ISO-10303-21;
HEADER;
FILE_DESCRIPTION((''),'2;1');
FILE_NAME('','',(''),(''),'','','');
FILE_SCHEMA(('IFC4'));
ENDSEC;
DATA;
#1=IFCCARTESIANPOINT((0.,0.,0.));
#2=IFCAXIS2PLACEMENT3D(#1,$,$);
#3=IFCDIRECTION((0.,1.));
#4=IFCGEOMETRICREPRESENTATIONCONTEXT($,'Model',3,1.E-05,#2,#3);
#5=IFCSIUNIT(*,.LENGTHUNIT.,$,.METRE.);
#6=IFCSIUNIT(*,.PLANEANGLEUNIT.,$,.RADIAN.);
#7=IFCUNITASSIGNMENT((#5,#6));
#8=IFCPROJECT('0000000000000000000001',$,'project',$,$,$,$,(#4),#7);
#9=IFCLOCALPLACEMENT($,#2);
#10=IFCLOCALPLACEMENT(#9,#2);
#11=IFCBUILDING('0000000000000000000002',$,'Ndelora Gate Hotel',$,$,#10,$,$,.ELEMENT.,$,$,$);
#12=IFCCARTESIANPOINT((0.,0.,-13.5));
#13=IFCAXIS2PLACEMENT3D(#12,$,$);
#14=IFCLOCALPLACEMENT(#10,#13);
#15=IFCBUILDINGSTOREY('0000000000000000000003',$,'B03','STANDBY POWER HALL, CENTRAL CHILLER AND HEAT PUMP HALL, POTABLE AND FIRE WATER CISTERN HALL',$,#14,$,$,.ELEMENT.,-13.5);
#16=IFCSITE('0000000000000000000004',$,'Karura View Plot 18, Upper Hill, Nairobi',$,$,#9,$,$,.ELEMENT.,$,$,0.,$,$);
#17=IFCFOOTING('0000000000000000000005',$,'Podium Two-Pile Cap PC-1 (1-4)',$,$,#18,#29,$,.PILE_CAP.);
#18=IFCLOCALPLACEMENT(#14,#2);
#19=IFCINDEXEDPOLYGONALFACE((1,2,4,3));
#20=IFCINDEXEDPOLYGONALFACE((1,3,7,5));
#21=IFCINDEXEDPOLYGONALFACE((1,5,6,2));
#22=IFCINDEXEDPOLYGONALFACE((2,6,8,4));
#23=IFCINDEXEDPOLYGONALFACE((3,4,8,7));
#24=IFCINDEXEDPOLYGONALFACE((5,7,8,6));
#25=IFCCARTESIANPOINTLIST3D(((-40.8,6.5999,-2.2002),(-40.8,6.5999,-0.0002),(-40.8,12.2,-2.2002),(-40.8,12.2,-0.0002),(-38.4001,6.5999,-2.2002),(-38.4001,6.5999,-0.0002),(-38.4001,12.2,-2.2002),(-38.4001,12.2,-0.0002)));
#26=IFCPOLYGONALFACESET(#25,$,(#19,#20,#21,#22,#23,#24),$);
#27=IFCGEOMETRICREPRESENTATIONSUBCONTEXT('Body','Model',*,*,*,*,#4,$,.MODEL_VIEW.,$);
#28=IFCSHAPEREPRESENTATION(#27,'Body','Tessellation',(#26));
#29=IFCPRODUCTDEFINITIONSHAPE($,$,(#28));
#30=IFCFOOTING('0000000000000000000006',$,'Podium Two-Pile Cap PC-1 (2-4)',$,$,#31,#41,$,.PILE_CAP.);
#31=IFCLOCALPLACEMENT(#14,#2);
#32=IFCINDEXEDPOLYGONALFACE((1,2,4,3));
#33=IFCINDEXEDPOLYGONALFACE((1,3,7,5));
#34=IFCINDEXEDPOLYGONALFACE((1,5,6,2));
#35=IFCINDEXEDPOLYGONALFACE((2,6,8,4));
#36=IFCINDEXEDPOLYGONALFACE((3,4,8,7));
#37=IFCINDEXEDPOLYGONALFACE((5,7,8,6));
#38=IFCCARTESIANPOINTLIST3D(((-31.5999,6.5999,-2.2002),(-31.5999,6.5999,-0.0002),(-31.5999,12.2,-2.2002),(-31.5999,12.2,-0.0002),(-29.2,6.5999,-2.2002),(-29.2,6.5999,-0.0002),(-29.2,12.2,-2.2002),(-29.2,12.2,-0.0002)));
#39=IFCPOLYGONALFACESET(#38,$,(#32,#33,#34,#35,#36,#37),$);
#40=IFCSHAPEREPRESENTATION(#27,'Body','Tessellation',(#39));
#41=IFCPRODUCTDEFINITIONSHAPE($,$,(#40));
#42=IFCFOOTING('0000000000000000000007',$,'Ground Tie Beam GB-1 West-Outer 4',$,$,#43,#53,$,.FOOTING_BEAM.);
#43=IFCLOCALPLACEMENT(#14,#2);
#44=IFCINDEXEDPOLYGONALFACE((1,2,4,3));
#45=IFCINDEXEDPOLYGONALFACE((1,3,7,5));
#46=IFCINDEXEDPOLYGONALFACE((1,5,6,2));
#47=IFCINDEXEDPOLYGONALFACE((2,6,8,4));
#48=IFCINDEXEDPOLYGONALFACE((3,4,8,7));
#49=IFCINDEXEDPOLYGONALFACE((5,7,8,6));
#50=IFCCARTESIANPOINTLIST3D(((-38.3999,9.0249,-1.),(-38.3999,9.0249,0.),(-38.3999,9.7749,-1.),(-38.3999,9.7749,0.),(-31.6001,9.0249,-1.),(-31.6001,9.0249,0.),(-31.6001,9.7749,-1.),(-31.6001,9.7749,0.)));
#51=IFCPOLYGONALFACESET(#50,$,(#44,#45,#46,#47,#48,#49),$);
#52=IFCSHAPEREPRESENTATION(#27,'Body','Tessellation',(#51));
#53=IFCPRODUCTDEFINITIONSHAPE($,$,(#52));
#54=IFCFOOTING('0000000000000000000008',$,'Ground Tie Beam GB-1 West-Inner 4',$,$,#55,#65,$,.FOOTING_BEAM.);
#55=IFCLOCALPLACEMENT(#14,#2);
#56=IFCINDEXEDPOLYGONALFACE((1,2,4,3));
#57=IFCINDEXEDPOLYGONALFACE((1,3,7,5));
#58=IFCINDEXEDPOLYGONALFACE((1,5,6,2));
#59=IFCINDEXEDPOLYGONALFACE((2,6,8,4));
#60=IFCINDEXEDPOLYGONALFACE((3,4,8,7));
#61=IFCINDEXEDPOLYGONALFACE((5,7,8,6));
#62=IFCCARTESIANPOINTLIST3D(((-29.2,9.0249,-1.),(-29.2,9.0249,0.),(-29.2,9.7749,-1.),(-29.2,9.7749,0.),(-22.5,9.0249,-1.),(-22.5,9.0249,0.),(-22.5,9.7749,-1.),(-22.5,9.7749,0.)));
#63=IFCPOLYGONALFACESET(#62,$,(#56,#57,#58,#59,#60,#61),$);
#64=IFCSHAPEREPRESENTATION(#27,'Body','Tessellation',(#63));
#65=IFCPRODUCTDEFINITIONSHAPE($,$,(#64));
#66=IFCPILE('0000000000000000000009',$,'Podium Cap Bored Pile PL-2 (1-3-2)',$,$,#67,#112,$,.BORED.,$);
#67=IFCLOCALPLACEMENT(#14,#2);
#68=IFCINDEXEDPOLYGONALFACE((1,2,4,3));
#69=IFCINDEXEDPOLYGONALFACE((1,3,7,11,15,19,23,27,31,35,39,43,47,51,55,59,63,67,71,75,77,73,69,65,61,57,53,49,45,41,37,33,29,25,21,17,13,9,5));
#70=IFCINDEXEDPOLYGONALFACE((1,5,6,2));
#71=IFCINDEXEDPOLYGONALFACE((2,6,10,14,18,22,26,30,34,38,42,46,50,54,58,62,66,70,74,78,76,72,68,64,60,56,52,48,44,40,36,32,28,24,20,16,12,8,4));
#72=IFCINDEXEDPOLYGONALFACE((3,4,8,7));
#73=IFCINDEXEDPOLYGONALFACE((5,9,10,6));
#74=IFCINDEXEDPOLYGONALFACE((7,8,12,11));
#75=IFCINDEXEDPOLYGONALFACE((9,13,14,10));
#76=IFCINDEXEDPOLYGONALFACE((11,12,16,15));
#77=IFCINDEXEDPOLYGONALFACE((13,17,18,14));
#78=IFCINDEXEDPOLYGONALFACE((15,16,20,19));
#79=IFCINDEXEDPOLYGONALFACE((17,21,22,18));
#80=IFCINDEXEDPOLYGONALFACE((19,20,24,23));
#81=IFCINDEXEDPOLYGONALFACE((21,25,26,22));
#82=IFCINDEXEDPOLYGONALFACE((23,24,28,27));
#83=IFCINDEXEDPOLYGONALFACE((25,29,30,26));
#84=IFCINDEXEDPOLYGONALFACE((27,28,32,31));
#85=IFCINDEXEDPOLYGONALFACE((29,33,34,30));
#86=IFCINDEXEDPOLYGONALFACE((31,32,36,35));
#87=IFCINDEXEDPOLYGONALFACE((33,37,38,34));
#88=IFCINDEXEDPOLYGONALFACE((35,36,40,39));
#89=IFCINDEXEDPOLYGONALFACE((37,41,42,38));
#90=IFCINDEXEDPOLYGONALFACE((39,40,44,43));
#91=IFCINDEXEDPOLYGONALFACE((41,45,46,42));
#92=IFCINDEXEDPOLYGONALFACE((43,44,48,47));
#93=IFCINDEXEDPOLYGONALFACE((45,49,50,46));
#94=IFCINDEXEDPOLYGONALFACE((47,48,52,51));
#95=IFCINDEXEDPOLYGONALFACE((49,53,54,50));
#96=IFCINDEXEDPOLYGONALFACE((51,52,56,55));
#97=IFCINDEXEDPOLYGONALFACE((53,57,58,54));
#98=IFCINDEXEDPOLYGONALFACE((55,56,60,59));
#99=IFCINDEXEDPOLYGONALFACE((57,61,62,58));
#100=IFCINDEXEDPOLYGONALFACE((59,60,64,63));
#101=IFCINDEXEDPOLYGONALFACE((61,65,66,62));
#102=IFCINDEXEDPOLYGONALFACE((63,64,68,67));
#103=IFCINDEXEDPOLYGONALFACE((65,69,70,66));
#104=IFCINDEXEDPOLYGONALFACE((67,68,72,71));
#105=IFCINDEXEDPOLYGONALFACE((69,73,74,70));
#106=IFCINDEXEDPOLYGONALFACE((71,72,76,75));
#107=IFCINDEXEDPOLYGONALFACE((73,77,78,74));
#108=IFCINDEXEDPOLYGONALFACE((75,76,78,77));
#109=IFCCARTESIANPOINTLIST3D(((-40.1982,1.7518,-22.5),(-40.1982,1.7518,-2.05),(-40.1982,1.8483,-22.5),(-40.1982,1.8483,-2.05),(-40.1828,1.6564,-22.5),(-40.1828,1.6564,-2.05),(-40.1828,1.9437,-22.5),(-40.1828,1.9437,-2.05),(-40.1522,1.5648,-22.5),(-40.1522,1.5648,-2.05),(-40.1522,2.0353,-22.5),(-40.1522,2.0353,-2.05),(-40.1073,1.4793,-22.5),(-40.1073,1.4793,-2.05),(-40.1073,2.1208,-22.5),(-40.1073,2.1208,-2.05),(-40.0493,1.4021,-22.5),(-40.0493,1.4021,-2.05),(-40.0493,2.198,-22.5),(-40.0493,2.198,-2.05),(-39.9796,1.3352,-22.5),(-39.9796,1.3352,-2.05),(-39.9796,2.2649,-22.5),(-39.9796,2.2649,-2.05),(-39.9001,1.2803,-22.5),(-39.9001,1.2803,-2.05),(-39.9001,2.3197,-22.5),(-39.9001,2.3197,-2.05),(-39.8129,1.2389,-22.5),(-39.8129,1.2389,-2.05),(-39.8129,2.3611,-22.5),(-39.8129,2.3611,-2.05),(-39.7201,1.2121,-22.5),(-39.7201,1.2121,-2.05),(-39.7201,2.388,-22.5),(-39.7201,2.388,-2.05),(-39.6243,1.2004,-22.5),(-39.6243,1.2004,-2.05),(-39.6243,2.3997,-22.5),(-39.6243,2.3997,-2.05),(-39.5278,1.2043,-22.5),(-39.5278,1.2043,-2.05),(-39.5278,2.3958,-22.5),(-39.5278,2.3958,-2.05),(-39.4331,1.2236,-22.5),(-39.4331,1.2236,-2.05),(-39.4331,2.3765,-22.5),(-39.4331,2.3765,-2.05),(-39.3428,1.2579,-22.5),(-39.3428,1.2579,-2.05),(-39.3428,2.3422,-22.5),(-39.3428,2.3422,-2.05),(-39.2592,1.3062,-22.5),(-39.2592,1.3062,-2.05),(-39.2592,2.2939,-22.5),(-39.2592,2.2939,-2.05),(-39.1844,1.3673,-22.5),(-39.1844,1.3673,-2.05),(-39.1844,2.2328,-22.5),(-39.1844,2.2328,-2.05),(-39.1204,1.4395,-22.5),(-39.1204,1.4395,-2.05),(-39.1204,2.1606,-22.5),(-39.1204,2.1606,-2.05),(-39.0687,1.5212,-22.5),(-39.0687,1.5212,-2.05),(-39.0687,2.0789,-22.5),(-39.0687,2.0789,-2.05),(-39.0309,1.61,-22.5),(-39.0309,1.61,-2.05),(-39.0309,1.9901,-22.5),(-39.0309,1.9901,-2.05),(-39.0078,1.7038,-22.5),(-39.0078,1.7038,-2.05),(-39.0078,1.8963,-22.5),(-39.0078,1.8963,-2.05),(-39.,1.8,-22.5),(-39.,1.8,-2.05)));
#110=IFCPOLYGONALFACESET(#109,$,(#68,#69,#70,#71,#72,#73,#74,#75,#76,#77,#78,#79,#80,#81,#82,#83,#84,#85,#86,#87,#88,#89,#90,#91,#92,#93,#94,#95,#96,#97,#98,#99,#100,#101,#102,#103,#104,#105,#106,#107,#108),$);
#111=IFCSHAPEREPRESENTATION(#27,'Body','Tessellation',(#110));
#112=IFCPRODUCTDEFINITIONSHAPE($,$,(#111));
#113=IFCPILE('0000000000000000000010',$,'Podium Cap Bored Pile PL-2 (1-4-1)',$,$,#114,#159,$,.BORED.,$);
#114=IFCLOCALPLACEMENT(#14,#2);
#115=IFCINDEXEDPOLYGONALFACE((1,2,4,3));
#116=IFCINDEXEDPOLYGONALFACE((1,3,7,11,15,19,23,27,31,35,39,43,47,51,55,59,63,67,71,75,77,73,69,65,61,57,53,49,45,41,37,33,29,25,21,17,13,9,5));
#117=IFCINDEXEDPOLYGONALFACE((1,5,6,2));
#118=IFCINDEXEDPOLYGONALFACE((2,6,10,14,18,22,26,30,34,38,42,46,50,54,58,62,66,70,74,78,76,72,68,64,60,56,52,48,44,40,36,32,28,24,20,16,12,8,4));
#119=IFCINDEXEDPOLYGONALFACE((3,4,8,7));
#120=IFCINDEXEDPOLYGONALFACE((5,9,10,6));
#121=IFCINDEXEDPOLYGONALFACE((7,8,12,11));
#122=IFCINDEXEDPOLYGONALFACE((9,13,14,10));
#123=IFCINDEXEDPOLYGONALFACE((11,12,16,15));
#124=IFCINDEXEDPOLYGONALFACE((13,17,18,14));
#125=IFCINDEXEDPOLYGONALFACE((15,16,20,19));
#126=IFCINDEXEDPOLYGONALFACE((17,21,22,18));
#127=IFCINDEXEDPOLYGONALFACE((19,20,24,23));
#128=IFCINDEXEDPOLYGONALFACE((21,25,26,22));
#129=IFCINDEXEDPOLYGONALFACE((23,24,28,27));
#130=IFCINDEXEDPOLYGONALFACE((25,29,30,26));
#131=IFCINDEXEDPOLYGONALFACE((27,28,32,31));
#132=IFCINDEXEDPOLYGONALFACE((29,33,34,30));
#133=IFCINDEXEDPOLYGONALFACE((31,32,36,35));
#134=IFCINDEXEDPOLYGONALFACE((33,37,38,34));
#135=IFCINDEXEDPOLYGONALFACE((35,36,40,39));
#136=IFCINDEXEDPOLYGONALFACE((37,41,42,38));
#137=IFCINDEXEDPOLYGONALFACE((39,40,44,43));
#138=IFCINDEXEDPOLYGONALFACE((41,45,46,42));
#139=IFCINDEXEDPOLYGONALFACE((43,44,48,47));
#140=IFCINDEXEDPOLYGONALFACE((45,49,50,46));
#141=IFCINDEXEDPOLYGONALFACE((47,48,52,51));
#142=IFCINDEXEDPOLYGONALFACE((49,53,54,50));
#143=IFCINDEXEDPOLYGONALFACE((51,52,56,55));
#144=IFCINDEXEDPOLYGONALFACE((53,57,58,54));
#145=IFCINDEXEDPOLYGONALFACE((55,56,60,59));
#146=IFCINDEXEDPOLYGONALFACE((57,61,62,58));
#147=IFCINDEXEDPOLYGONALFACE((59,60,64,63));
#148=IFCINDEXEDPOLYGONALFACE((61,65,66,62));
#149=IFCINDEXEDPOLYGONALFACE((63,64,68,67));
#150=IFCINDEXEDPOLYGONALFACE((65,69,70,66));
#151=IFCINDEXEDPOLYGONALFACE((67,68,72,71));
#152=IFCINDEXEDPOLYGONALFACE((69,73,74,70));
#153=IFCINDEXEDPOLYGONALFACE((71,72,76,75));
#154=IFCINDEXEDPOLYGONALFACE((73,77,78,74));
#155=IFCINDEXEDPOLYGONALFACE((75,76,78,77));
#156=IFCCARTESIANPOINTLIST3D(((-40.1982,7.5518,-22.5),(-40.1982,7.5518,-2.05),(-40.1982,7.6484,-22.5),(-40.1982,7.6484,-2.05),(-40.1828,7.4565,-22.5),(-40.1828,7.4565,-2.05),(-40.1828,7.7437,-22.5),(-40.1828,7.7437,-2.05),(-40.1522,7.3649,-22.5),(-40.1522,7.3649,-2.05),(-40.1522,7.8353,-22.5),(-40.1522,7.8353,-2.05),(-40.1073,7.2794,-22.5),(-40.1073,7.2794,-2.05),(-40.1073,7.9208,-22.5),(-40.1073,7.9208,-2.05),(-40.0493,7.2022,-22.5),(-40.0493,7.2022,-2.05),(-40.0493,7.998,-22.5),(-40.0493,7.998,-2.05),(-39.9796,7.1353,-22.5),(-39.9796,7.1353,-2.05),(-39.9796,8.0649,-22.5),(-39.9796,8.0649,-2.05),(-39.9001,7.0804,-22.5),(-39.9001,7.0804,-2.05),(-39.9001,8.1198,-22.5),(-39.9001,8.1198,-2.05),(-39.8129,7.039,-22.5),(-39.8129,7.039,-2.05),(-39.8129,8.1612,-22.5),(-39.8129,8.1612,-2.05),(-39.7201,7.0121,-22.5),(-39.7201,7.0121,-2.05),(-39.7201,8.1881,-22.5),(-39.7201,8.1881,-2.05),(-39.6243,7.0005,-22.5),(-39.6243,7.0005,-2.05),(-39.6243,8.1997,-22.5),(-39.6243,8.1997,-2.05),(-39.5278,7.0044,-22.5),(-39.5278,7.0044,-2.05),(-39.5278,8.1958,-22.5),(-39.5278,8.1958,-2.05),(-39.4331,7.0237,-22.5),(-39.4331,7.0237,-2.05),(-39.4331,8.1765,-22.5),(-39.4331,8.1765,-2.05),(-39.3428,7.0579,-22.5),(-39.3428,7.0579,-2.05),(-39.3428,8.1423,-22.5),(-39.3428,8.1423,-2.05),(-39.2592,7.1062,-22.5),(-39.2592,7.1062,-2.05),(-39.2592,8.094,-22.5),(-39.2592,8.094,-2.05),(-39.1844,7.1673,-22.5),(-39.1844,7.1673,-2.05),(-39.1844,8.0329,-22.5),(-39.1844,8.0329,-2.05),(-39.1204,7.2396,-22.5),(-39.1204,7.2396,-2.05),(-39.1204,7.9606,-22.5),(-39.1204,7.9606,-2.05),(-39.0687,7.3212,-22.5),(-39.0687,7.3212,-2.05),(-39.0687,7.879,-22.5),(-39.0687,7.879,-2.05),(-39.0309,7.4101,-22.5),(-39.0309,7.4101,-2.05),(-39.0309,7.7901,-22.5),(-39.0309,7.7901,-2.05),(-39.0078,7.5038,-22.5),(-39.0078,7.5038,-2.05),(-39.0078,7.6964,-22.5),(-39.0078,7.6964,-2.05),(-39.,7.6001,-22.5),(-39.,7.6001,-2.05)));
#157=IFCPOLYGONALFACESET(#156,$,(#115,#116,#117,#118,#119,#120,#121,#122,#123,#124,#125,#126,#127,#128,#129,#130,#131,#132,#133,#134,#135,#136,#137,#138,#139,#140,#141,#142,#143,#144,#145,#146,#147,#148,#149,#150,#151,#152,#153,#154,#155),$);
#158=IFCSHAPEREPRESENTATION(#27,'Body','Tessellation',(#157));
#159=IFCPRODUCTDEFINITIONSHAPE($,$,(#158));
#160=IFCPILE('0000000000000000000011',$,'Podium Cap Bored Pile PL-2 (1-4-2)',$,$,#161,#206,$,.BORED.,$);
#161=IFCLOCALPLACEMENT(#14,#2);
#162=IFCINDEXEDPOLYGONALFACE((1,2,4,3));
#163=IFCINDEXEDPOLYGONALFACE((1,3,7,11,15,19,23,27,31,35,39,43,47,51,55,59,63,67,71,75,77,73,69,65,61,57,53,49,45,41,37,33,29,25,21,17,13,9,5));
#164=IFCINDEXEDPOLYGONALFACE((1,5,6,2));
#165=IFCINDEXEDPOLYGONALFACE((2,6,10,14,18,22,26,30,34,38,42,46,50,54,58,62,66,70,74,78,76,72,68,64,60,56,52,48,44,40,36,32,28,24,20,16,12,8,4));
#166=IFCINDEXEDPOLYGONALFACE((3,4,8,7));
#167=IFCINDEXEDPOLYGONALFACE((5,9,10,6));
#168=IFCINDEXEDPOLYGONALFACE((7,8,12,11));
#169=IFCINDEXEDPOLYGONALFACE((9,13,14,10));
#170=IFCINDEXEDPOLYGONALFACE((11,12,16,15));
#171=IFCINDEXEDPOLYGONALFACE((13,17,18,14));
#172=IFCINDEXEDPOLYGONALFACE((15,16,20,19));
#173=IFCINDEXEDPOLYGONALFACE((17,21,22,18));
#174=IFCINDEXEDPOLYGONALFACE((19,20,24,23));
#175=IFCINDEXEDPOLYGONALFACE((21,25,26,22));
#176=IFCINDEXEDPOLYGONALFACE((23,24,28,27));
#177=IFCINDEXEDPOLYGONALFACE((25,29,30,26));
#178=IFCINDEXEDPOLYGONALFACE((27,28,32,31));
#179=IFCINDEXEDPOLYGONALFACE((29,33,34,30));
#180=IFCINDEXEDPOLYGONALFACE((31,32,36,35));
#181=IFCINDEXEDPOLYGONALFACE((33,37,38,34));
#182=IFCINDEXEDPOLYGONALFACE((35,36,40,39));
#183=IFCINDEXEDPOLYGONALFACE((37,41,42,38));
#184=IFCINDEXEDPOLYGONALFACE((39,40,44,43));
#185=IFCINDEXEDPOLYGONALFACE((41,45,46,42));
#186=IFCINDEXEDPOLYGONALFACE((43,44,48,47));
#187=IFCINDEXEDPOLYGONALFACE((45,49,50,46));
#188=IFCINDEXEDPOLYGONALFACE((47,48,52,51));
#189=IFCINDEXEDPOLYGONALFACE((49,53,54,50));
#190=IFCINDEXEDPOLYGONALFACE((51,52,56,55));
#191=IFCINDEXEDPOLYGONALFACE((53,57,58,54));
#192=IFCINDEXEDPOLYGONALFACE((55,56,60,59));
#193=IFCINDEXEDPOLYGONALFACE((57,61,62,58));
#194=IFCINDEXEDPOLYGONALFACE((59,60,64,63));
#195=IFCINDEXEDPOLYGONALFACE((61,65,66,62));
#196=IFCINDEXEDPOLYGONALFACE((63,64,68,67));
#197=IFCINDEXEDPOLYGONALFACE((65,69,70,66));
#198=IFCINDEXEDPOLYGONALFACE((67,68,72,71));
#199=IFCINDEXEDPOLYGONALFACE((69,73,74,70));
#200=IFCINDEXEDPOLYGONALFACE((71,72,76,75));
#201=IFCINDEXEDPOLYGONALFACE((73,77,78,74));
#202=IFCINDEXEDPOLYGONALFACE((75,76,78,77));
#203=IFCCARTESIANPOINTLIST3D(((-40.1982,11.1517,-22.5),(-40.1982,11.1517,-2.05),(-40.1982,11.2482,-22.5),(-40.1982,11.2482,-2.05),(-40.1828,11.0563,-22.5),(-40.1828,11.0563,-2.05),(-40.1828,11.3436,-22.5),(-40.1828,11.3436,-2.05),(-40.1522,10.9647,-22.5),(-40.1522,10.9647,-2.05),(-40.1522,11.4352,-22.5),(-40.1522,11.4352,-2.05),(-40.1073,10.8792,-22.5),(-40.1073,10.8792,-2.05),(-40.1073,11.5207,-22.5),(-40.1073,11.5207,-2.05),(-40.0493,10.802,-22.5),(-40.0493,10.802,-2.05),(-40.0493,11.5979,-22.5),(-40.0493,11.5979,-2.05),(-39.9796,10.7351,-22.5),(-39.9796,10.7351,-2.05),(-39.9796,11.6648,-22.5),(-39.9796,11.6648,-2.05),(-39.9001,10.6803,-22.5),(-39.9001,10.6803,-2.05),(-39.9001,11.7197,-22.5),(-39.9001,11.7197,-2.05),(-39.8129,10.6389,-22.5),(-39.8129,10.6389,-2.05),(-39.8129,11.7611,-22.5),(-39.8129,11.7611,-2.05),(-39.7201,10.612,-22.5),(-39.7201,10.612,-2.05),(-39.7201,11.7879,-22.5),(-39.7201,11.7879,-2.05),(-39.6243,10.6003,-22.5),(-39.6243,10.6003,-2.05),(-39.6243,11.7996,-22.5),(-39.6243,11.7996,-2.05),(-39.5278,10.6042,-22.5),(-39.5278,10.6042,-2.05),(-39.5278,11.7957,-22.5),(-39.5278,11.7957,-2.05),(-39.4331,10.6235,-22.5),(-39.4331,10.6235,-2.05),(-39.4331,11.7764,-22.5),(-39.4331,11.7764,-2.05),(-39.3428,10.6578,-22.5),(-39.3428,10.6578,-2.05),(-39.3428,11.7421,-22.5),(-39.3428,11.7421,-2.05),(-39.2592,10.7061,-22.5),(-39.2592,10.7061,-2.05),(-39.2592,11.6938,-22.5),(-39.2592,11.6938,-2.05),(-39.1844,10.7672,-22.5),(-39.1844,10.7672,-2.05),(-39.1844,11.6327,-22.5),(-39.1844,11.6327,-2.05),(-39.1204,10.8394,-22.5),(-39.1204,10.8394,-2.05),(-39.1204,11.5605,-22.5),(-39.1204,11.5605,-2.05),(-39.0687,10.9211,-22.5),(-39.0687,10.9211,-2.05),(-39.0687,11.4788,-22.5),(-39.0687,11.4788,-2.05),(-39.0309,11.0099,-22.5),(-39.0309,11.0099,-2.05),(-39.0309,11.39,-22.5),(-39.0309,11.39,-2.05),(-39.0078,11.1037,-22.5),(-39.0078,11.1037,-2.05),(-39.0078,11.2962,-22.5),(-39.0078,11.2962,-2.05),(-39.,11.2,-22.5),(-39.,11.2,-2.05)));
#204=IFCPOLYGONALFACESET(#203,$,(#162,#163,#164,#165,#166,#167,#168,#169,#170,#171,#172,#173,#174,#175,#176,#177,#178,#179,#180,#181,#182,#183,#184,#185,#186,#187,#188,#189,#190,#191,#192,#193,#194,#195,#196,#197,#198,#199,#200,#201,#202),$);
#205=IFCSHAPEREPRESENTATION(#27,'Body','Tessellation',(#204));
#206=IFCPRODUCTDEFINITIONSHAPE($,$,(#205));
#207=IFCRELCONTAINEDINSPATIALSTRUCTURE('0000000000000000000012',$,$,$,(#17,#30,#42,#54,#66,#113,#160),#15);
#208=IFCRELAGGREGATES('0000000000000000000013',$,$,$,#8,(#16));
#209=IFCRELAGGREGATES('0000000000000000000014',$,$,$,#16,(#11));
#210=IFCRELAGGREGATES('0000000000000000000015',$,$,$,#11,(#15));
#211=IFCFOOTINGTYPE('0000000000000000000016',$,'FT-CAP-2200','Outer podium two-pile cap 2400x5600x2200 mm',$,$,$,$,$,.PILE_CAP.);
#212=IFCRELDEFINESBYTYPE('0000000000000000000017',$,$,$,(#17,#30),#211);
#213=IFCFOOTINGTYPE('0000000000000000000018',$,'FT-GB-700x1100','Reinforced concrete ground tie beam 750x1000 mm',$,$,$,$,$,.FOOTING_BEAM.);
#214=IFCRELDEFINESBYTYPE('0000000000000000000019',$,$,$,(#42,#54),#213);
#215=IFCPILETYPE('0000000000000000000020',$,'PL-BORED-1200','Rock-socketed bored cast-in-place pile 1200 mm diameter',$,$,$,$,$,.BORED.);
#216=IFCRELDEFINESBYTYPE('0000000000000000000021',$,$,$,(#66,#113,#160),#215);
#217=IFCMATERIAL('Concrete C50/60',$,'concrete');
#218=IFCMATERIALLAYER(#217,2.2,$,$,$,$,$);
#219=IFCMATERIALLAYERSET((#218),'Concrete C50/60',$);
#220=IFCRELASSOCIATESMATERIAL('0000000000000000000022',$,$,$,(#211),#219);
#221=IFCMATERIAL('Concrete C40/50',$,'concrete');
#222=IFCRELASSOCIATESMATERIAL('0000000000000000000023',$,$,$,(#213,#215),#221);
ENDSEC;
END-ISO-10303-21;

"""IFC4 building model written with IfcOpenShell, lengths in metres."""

from ifc_helpers import new_model, si_unit, direction, frame, origin, origin_2d, place, context, subcontext, project, spatial, rectangle, circle, extrude, material, layer, layer_set, material_profile, profile_set, type_object, element, save


model = new_model("IFC4")

# Units and contexts
model_context = context("Model", 3, precision=1e-05, world=origin(), true_north=direction((0.0, 1.0)))
body_context = subcontext(model_context, "Body", "Model", "MODEL_VIEW")
ifc_project = project(units=[si_unit("LENGTHUNIT", "METRE"), si_unit("PLANEANGLEUNIT", "RADIAN")], contexts=[model_context])

# Site, building, storey
site_placement = place(None, origin())
site = spatial("IfcSite", under=ifc_project, at=site_placement, Name="Karura View Plot 18, Upper Hill, Nairobi", CompositionType="ELEMENT", RefElevation=0.0)
building_placement = place(site_placement, origin())
building = spatial("IfcBuilding", under=site, at=building_placement, Name="Ndelora Gate Hotel", CompositionType="ELEMENT")
storey_placement = place(building_placement, frame((0.0, 0.0, -13.5)))
storey = spatial("IfcBuildingStorey", under=building, at=storey_placement, Name="B03", Description="STANDBY POWER HALL, CENTRAL CHILLER AND HEAT PUMP HALL, POTABLE AND FIRE WATER CISTERN HALL", CompositionType="ELEMENT", Elevation=-13.5)

# Footings
ifc_material_1 = material(Name="Concrete C50/60", Category="concrete")
ifc_layer_1 = layer(ifc_material_1, 2.2)
ifc_layer_set_1 = layer_set([ifc_layer_1], Name="Concrete C50/60")
footing_type_1 = type_object("IfcFootingType", Name="FT-CAP-2200", Description="Outer podium two-pile cap 2400x5600x2200 mm", PredefinedType="PILE_CAP", material=ifc_layer_set_1)
for number, where, z_axis, x_axis, name in (
    (1, (-39.6001, 9.3999, -2.2002), (0.0, 0.0, 1.0), (1.0, 0.0, 0.0), "Podium Two-Pile Cap PC-1 (1-4)"),
    (2, (-30.3999, 9.3999, -2.2002), (0.0, 0.0, 1.0), (1.0, 0.0, 0.0), "Podium Two-Pile Cap PC-1 (2-4)"),
):
    element("IfcFooting", number, at=place(storey_placement, frame(where, z_axis=z_axis, x_axis=x_axis)), inside=storey, type_object=footing_type_1, Name=name, PredefinedType="PILE_CAP", context=body_context, shape_type="SweptSolid", body=[
        extrude(rectangle(XDim=2.3999, YDim=5.6001, at=origin_2d()), origin(), (0.0, 0.0, 1.0), 2.2),
    ])
ifc_material_2 = material(Name="Concrete C40/50", Category="concrete")
ifc_material_profile_1 = material_profile(ifc_material_2, rectangle(XDim=0.75, YDim=1.0, at=origin_2d()), Name="RCB 750x1000")
ifc_profile_set_1 = profile_set([ifc_material_profile_1], Name="Concrete C40/50")
footing_type_2 = type_object("IfcFootingType", Name="FT-GB-700x1100", Description="Reinforced concrete ground tie beam 750x1000 mm", PredefinedType="FOOTING_BEAM", material=ifc_profile_set_1)
footing_1_placement = place(storey_placement, frame((-38.3999, 9.3999, -0.5), z_axis=(1.0, 0.0, 0.0), x_axis=(0.0, 1.0, 0.0)))
element("IfcFooting", 3, at=footing_1_placement, inside=storey, type_object=footing_type_2, Name="Ground Tie Beam GB-1 West-Outer 4", PredefinedType="FOOTING_BEAM", context=body_context, shape_type="SweptSolid", body=[
    extrude(rectangle(XDim=0.75, YDim=1.0, at=origin_2d()), origin(), (0.0, 0.0, 1.0), 6.7998),
])
footing_2_placement = place(storey_placement, frame((-29.2, 9.3999, -0.5), z_axis=(1.0, 0.0, 0.0), x_axis=(0.0, 1.0, 0.0)))
element("IfcFooting", 4, at=footing_2_placement, inside=storey, type_object=footing_type_2, Name="Ground Tie Beam GB-1 West-Inner 4", PredefinedType="FOOTING_BEAM", context=body_context, shape_type="SweptSolid", body=[
    extrude(rectangle(XDim=0.75, YDim=1.0, at=origin_2d()), origin(), (0.0, 0.0, 1.0), 6.7),
])

# Piles
ifc_material_profile_2 = material_profile(ifc_material_2, circle(Radius=0.6001, at=origin_2d()), Name="PILE D1200")
ifc_profile_set_2 = profile_set([ifc_material_profile_2], Name="Concrete C40/50")
pile_type_1 = type_object("IfcPileType", Name="PL-BORED-1200", Description="Rock-socketed bored cast-in-place pile 1200 mm diameter", PredefinedType="BORED", material=ifc_profile_set_2)
for number, where, z_axis, x_axis, name in (
    (5, (-39.6001, 1.8, -2.05), (0.0, 0.0, -1.0), (1.0, 0.0, 0.0), "Podium Cap Bored Pile PL-2 (1-3-2)"),
    (6, (-39.6001, 7.6001, -2.05), (0.0, 0.0, -1.0), (1.0, 0.0, 0.0), "Podium Cap Bored Pile PL-2 (1-4-1)"),
    (7, (-39.6001, 11.2, -2.05), (0.0, 0.0, -1.0), (1.0, 0.0, 0.0), "Podium Cap Bored Pile PL-2 (1-4-2)"),
):
    element("IfcPile", number, at=place(storey_placement, frame(where, z_axis=z_axis, x_axis=x_axis)), inside=storey, type_object=pile_type_1, Name=name, PredefinedType="BORED", context=body_context, shape_type="SweptSolid", body=[
        extrude(circle(Radius=0.6001, at=origin_2d()), origin(), (0.0, 0.0, 1.0), 20.45),
    ])

save(model, "model.ifc")
